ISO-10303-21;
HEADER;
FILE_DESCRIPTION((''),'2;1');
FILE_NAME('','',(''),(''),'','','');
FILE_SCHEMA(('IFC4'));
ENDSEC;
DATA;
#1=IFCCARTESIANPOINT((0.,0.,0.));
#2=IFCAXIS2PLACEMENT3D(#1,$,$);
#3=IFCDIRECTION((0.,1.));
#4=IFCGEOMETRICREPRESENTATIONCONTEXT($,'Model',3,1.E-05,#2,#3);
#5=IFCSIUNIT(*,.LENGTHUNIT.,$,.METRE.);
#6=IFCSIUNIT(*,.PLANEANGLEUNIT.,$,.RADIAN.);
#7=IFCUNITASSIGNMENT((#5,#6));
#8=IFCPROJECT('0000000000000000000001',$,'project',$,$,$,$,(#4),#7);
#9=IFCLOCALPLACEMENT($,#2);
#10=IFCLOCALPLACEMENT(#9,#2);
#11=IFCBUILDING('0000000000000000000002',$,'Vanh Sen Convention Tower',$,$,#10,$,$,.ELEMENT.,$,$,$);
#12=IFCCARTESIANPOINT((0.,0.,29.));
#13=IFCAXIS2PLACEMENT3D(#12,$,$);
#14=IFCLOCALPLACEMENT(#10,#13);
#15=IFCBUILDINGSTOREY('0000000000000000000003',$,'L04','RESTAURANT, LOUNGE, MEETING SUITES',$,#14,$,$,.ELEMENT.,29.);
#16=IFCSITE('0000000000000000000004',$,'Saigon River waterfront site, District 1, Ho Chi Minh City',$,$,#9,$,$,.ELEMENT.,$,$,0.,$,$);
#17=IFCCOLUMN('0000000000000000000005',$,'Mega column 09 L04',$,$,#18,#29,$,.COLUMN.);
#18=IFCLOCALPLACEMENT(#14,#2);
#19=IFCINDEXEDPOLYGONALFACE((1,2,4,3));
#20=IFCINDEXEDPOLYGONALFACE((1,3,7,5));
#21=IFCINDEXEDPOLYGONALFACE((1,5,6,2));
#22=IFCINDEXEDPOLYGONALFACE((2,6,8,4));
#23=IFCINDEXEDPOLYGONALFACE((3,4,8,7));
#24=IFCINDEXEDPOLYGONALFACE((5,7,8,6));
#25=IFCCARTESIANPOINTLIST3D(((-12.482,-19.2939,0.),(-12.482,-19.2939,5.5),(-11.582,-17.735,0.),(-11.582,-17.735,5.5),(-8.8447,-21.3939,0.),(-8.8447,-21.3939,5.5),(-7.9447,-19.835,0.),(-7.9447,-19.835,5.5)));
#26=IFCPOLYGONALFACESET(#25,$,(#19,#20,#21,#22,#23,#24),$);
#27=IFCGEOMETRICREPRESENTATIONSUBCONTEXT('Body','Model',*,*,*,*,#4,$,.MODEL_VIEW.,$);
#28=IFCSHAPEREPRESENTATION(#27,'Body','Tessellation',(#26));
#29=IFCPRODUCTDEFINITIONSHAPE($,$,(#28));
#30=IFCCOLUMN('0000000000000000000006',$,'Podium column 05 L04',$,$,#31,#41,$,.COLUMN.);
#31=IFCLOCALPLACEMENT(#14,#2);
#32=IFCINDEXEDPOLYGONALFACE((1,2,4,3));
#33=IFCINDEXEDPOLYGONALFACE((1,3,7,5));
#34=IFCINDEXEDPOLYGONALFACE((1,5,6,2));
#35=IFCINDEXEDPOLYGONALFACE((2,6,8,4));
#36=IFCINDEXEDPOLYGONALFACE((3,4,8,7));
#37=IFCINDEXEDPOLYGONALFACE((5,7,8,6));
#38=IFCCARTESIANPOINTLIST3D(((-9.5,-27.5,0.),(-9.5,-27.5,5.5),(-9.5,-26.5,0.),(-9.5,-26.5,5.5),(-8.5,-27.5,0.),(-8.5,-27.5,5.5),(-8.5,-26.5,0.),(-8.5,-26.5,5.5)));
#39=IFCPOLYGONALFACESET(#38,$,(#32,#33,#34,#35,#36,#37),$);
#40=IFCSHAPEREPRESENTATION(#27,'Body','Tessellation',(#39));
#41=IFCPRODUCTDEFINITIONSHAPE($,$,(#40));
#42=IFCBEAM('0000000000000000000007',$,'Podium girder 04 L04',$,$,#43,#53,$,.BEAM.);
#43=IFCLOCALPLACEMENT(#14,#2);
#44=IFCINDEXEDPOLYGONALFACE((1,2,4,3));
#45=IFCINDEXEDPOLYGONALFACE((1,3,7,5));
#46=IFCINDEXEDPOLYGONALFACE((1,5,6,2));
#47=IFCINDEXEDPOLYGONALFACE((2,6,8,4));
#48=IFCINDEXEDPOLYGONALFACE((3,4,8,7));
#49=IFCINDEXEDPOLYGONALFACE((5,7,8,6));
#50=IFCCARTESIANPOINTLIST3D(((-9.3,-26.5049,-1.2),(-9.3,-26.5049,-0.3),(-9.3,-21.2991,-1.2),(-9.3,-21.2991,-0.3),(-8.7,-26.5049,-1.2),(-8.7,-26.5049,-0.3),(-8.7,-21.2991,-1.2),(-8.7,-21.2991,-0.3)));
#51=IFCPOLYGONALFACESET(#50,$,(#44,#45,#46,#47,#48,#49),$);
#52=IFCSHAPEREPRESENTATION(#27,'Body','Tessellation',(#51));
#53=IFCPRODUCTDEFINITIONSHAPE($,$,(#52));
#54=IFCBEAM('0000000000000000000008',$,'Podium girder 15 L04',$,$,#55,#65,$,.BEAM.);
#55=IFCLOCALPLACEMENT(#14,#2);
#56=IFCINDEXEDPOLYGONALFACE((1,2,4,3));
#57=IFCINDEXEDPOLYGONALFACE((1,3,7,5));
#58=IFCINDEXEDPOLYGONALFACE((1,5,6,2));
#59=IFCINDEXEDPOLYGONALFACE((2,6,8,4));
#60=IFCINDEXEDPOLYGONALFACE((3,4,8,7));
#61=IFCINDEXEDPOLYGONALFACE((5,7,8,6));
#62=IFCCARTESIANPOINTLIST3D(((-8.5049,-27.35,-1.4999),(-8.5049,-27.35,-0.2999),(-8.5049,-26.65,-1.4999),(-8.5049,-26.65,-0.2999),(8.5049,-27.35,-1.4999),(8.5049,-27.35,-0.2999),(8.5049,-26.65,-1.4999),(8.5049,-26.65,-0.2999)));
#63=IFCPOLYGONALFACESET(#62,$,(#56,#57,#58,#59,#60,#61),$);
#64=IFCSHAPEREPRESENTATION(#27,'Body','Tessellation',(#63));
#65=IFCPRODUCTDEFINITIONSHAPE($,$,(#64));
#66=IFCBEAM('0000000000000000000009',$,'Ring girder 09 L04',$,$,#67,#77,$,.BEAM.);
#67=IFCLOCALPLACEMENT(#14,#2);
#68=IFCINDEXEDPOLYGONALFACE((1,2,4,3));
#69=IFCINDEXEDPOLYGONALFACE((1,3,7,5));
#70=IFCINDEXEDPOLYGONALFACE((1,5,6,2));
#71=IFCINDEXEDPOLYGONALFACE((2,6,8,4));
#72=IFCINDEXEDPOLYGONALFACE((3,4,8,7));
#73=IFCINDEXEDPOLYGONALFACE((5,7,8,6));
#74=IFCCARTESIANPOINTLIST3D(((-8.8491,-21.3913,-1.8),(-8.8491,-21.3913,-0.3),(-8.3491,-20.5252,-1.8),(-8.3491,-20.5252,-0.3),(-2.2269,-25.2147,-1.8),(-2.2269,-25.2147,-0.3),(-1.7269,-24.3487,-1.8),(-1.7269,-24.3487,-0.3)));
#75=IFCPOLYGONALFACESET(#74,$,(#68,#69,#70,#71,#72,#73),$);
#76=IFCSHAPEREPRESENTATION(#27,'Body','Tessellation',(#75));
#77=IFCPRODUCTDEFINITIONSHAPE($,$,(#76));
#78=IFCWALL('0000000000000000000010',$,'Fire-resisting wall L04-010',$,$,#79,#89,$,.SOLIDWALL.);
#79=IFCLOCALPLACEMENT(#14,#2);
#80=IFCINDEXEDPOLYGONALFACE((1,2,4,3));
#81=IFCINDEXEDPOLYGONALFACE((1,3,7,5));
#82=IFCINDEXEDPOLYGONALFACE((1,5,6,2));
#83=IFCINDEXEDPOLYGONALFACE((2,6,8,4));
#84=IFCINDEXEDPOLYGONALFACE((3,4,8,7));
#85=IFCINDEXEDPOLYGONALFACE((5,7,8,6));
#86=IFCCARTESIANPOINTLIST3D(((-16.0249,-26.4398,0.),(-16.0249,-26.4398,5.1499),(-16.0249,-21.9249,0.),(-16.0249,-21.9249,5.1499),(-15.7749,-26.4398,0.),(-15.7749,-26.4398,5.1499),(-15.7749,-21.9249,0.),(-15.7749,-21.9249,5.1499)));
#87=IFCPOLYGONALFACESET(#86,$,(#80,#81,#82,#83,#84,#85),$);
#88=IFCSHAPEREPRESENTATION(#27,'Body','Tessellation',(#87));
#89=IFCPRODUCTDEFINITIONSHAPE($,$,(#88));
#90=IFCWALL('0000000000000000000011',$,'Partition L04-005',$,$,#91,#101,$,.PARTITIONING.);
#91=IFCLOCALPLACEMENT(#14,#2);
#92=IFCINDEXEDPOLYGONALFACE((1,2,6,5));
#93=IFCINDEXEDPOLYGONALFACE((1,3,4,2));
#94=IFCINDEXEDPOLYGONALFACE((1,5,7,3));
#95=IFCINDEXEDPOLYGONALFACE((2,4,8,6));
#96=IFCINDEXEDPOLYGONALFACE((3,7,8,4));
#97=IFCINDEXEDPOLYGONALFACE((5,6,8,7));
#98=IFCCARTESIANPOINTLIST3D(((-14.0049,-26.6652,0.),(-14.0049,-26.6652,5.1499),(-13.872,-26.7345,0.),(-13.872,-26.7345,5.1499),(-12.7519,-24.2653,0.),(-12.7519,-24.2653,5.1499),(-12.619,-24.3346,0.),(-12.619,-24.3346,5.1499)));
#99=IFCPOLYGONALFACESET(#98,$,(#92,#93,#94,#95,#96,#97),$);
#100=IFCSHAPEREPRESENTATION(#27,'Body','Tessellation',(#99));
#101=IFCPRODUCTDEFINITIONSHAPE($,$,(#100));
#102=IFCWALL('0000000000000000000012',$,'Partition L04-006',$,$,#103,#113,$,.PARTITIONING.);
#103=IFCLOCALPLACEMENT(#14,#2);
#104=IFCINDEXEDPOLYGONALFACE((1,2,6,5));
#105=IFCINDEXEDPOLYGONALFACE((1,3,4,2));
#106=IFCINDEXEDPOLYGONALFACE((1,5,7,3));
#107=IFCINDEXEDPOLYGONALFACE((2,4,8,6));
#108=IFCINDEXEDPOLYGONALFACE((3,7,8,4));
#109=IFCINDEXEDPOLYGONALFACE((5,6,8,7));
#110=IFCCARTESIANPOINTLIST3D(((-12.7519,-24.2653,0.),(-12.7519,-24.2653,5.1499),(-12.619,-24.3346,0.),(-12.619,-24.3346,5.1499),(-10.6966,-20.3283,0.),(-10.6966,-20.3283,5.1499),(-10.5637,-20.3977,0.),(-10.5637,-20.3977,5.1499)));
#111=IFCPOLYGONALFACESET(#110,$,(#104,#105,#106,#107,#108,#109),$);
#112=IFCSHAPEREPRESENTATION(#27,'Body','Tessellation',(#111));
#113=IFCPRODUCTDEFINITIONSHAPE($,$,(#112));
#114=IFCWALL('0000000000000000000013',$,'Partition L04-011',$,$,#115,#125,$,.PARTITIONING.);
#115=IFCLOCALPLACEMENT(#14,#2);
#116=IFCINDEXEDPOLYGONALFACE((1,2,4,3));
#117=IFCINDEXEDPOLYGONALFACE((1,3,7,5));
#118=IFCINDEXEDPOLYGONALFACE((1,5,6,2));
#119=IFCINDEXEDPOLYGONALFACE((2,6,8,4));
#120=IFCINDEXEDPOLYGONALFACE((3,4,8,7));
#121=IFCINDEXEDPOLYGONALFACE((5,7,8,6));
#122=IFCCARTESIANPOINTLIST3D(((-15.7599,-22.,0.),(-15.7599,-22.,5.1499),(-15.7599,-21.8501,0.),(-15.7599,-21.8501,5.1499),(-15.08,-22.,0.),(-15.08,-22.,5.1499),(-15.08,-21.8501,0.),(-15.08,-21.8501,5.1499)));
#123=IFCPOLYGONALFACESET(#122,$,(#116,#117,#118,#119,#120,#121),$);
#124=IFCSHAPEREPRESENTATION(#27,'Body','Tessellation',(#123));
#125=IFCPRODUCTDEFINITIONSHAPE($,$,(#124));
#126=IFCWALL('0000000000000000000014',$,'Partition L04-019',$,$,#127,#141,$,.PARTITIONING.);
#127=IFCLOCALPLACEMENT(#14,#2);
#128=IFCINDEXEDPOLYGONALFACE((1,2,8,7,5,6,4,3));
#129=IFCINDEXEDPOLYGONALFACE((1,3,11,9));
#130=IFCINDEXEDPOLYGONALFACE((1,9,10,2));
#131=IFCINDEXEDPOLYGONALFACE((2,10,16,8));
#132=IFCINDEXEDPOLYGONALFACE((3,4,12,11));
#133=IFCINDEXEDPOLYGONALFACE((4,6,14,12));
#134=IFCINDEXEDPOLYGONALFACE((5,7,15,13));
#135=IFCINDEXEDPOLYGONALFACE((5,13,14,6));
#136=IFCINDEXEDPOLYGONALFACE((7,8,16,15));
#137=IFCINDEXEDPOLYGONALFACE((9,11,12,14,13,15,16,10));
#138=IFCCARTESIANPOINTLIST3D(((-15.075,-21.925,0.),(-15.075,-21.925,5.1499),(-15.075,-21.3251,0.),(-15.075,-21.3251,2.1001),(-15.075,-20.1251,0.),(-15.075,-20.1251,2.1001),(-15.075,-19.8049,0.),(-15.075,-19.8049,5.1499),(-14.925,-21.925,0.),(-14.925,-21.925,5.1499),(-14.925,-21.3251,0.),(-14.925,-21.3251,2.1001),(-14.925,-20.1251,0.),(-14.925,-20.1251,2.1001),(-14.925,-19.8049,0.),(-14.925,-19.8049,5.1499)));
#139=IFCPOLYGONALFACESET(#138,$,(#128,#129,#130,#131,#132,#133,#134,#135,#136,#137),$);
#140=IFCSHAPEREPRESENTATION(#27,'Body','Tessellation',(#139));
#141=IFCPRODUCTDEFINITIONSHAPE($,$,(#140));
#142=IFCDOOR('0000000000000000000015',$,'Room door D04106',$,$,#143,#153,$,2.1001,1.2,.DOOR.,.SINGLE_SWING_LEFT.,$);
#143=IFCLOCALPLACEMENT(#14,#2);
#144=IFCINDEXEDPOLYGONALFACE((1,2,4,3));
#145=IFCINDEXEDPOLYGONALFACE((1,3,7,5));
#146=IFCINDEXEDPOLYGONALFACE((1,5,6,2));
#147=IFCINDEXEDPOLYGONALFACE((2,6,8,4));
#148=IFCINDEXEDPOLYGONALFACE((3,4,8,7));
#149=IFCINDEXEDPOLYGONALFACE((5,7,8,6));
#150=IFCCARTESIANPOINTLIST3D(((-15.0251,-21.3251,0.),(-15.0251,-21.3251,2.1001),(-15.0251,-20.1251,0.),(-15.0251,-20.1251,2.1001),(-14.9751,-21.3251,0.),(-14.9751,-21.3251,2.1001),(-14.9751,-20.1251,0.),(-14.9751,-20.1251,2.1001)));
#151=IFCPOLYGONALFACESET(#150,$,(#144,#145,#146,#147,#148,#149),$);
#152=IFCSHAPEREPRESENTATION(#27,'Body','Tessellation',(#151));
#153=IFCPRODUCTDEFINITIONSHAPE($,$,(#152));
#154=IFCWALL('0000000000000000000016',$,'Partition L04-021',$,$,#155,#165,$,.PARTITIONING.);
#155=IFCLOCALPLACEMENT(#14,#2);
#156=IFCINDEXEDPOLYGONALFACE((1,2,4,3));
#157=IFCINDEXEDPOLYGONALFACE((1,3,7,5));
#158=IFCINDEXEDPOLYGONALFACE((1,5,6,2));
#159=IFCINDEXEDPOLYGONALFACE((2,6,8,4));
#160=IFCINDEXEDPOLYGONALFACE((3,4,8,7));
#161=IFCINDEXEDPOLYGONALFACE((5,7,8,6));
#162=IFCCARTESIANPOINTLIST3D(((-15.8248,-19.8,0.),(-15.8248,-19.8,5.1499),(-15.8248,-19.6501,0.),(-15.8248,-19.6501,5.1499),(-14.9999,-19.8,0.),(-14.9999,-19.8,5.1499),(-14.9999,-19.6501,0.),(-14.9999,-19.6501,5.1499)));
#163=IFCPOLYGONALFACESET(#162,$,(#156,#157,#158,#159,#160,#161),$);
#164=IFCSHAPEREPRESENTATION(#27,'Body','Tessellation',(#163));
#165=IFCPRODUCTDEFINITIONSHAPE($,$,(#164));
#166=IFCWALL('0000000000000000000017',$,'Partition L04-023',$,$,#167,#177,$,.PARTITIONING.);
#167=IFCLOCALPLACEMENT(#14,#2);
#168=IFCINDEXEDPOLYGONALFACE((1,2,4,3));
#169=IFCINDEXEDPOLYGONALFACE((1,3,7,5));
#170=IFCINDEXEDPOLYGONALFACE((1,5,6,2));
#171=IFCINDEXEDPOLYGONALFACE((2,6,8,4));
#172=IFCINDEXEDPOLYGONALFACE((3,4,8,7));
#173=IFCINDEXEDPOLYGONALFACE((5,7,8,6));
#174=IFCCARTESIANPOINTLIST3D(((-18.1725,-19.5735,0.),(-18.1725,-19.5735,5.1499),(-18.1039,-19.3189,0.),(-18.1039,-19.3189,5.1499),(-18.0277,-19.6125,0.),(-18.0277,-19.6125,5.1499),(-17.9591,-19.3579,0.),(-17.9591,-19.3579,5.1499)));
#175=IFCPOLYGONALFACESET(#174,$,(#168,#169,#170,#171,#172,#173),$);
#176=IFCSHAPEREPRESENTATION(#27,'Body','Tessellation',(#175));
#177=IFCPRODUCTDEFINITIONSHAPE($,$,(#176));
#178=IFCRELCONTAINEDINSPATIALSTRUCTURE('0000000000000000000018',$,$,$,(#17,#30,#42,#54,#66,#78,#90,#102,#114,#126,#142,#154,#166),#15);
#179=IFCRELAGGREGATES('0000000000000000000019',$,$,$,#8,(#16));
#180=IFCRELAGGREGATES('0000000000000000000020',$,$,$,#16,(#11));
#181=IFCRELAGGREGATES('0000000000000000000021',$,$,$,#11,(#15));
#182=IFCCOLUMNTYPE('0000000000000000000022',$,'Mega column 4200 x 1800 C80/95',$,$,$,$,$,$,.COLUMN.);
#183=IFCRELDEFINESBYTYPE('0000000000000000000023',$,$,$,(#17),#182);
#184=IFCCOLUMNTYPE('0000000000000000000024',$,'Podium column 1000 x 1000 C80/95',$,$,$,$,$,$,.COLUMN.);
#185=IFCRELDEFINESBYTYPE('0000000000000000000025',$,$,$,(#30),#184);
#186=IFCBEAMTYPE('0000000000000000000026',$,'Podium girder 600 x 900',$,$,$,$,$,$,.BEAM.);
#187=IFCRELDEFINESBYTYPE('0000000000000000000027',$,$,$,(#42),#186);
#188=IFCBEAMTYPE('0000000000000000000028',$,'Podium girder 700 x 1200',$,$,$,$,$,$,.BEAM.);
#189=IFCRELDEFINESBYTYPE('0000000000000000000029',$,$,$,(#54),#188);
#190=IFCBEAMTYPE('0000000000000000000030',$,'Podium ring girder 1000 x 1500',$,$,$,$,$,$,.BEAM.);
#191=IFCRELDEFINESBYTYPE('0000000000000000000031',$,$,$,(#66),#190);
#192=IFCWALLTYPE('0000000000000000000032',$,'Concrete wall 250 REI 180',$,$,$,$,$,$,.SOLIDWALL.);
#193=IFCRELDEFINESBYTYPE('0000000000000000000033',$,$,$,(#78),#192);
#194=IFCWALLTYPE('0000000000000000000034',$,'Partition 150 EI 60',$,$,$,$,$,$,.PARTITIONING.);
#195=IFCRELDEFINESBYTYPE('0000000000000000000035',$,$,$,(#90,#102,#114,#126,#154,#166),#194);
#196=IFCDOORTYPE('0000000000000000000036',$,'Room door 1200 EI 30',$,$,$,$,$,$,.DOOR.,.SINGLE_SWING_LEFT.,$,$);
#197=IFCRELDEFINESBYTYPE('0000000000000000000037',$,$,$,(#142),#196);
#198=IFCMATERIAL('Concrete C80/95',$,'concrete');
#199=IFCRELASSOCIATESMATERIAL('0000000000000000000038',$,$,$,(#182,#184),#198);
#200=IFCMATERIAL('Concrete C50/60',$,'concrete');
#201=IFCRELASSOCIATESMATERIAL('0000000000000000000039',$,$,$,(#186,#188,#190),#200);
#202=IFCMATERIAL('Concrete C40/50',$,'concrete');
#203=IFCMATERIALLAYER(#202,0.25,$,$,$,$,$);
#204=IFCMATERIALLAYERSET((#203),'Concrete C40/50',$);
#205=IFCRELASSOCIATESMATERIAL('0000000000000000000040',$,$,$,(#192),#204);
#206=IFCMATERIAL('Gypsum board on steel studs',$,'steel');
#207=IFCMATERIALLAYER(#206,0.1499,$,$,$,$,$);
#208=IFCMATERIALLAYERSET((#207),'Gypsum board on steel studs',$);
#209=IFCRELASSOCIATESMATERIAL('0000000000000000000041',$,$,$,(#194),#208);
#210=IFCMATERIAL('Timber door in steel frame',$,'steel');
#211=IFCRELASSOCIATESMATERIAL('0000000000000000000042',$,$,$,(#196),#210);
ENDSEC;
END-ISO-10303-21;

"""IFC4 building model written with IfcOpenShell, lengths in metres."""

from ifc_helpers import new_model, si_unit, direction, frame, frame_2d, origin, origin_2d, place, context, subcontext, project, spatial, rectangle, extrude, material, layer, layer_set, material_profile, profile_set, type_object, element, fill, save


model = new_model("IFC4")

# Units and contexts
model_context = context("Model", 3, precision=1e-05, world=origin(), true_north=direction((0.0, 1.0)))
body_context = subcontext(model_context, "Body", "Model", "MODEL_VIEW")
ifc_project = project(units=[si_unit("LENGTHUNIT", "METRE"), si_unit("PLANEANGLEUNIT", "RADIAN")], contexts=[model_context])

# Site, building, storey
site_placement = place(None, origin())
site = spatial("IfcSite", under=ifc_project, at=site_placement, Name="Saigon River waterfront site, District 1, Ho Chi Minh City", CompositionType="ELEMENT", RefElevation=0.0)
building_placement = place(site_placement, origin())
building = spatial("IfcBuilding", under=site, at=building_placement, Name="Vanh Sen Convention Tower", CompositionType="ELEMENT")
storey_placement = place(building_placement, frame((0.0, 0.0, 29.0)))
storey = spatial("IfcBuildingStorey", under=building, at=storey_placement, Name="L04", Description="RESTAURANT, LOUNGE, MEETING SUITES", CompositionType="ELEMENT", Elevation=29.0)

# Columns
ifc_material_1 = material(Name="Concrete C80/95", Category="concrete")
ifc_material_profile_1 = material_profile(ifc_material_1, rectangle(XDim=4.2, YDim=1.8, at=origin_2d()), Name="RC 4200X1800")
ifc_profile_set_1 = profile_set([ifc_material_profile_1], Name="Concrete C80/95")
column_type_1 = type_object("IfcColumnType", Name="Mega column 4200 x 1800 C80/95", PredefinedType="COLUMN", material=ifc_profile_set_1)
column_1_placement = place(storey_placement, frame((-10.2134, -19.5645, 0.0), z_axis=(0.0, 0.0, 1.0), x_axis=(0.866028, -0.499995, 0.0)))
element("IfcColumn", 1, at=column_1_placement, inside=storey, type_object=column_type_1, Name="Mega column 09 L04", PredefinedType="COLUMN", context=body_context, shape_type="SweptSolid", body=[
    extrude(rectangle(XDim=4.2, YDim=1.8, at=origin_2d()), origin(), (0.0, 0.0, 1.0), 5.5),
])
ifc_material_profile_2 = material_profile(ifc_material_1, rectangle(XDim=1.0, YDim=1.0, at=origin_2d()), Name="RC 1000X1000")
ifc_profile_set_2 = profile_set([ifc_material_profile_2], Name="Concrete C80/95")
column_type_2 = type_object("IfcColumnType", Name="Podium column 1000 x 1000 C80/95", PredefinedType="COLUMN", material=ifc_profile_set_2)
column_2_placement = place(storey_placement, frame((-9.0, -27.0, 0.0), z_axis=(0.0, 0.0, 1.0), x_axis=(1.0, 0.0, 0.0)))
element("IfcColumn", 2, at=column_2_placement, inside=storey, type_object=column_type_2, Name="Podium column 05 L04", PredefinedType="COLUMN", context=body_context, shape_type="SweptSolid", body=[
    extrude(rectangle(XDim=1.0, YDim=1.0, at=origin_2d()), origin(), (0.0, 0.0, 1.0), 5.5),
])

# Beams
ifc_material_2 = material(Name="Concrete C50/60", Category="concrete")
ifc_material_profile_3 = material_profile(ifc_material_2, rectangle(XDim=0.6001, YDim=0.8999, at=origin_2d()), Name="RC 600X900")
ifc_profile_set_3 = profile_set([ifc_material_profile_3], Name="Concrete C50/60")
beam_type_1 = type_object("IfcBeamType", Name="Podium girder 600 x 900", PredefinedType="BEAM", material=ifc_profile_set_3)
beam_1_placement = place(storey_placement, frame((-9.0, -26.5049, -0.75), z_axis=(0.0, 1.0, 0.0), x_axis=(-1.0, 0.0, 0.0)))
element("IfcBeam", 3, at=beam_1_placement, inside=storey, type_object=beam_type_1, Name="Podium girder 04 L04", PredefinedType="BEAM", context=body_context, shape_type="SweptSolid", body=[
    extrude(rectangle(XDim=0.6001, YDim=0.8999, at=origin_2d()), origin(), (0.0, 0.0, 1.0), 5.2058),
])
ifc_material_profile_4 = material_profile(ifc_material_2, rectangle(XDim=0.7, YDim=1.2, at=origin_2d()), Name="RC 700X1200")
ifc_profile_set_4 = profile_set([ifc_material_profile_4], Name="Concrete C50/60")
beam_type_2 = type_object("IfcBeamType", Name="Podium girder 700 x 1200", PredefinedType="BEAM", material=ifc_profile_set_4)
beam_2_placement = place(storey_placement, frame((-8.5049, -27.0, -0.8999), z_axis=(1.0, 0.0, 0.0), x_axis=(0.0, 1.0, 0.0)))
element("IfcBeam", 4, at=beam_2_placement, inside=storey, type_object=beam_type_2, Name="Podium girder 15 L04", PredefinedType="BEAM", context=body_context, shape_type="SweptSolid", body=[
    extrude(rectangle(XDim=0.7, YDim=1.2, at=origin_2d()), origin(), (0.0, 0.0, 1.0), 17.0098),
])
ifc_material_profile_5 = material_profile(ifc_material_2, rectangle(XDim=1.0, YDim=1.5, at=origin_2d()), Name="RC 1000X1500")
ifc_profile_set_5 = profile_set([ifc_material_profile_5], Name="Concrete C50/60")
beam_type_3 = type_object("IfcBeamType", Name="Podium ring girder 1000 x 1500", PredefinedType="BEAM", material=ifc_profile_set_5)
beam_3_placement = place(storey_placement, frame((-8.5991, -20.9583, -1.05), z_axis=(0.86602, -0.500009, 0.0), x_axis=(0.500009, 0.86602, 0.0)))
element("IfcBeam", 5, at=beam_3_placement, inside=storey, type_object=beam_type_3, Name="Ring girder 09 L04", PredefinedType="BEAM", context=body_context, shape_type="SweptSolid", body=[
    extrude(rectangle(XDim=1.0, YDim=1.5, at=origin_2d()), origin(), (0.0, 0.0, 1.0), 7.6467),
])

# Walls
ifc_material_3 = material(Name="Concrete C40/50", Category="concrete")
ifc_layer_1 = layer(ifc_material_3, 0.25)
ifc_layer_set_1 = layer_set([ifc_layer_1], Name="Concrete C40/50")
wall_type_1 = type_object("IfcWallType", Name="Concrete wall 250 REI 180", PredefinedType="SOLIDWALL", material=ifc_layer_set_1)
wall_1_placement = place(storey_placement, frame((-15.8999, -21.925, 0.0), z_axis=(0.0, 0.0, 1.0), x_axis=(0.0, -1.0, 0.0)))
element("IfcWall", 6, at=wall_1_placement, inside=storey, type_object=wall_type_1, Name="Fire-resisting wall L04-010", PredefinedType="SOLIDWALL", context=body_context, shape_type="SweptSolid", body=[
    extrude(rectangle(XDim=4.5149, YDim=0.25, at=frame_2d((2.2573, 0.0))), origin(), (0.0, 0.0, 1.0), 5.1499),
])
ifc_material_4 = material(Name="Gypsum board on steel studs", Category="steel")
ifc_layer_2 = layer(ifc_material_4, 0.1499)
ifc_layer_set_2 = layer_set([ifc_layer_2], Name="Gypsum board on steel studs")
wall_type_2 = type_object("IfcWallType", Name="Partition 150 EI 60", PredefinedType="PARTITIONING", material=ifc_layer_set_2)
wall_2_placement = place(storey_placement, frame((-12.6855, -24.3, 0.0), z_axis=(0.0, 0.0, 1.0), x_axis=(-0.4628, -0.886463, 0.0)))
element("IfcWall", 7, at=wall_2_placement, inside=storey, type_object=wall_type_2, Name="Partition L04-005", PredefinedType="PARTITIONING", context=body_context, shape_type="SweptSolid", body=[
    extrude(rectangle(XDim=2.7073, YDim=0.1499, at=frame_2d((1.3535, 0.0))), origin(), (0.0, 0.0, 1.0), 5.1499),
])
wall_3_placement = place(storey_placement, frame((-12.6855, -24.3, 0.0), z_axis=(0.0, 0.0, 1.0), x_axis=(0.462801, 0.886462, 0.0)))
element("IfcWall", 8, at=wall_3_placement, inside=storey, type_object=wall_type_2, Name="Partition L04-006", PredefinedType="PARTITIONING", context=body_context, shape_type="SweptSolid", body=[
    extrude(rectangle(XDim=4.4412, YDim=0.1499, at=frame_2d((2.2207, 0.0))), origin(), (0.0, 0.0, 1.0), 5.1499),
])
wall_4_placement = place(storey_placement, frame((-15.0801, -21.925, 0.0), z_axis=(0.0, 0.0, 1.0), x_axis=(-1.0, 0.0, 0.0)))
element("IfcWall", 9, at=wall_4_placement, inside=storey, type_object=wall_type_2, Name="Partition L04-011", PredefinedType="PARTITIONING", context=body_context, shape_type="SweptSolid", body=[
    extrude(rectangle(XDim=0.6799, YDim=0.1499, at=frame_2d((0.3398, 0.0))), origin(), (0.0, 0.0, 1.0), 5.1499),
])

# Wall, opening, door
wall_5_placement = place(storey_placement, frame((-15.0, -19.8049, 0.0), z_axis=(0.0, 0.0, 1.0), x_axis=(0.0, -1.0, 0.0)))
wall_5 = element("IfcWall", 10, at=wall_5_placement, inside=storey, type_object=wall_type_2, Name="Partition L04-019", PredefinedType="PARTITIONING", context=body_context, shape_type="SweptSolid", body=[
    extrude(rectangle(XDim=2.1201, YDim=0.1499, at=frame_2d((1.0601, 0.0))), origin(), (0.0, 0.0, 1.0), 5.1499),
])
opening_1_placement = place(wall_5_placement, frame((0.3201, 0.0, 0.0)))
opening_1 = element("IfcOpeningElement", 11, at=opening_1_placement, cuts=wall_5, PredefinedType="OPENING", context=body_context, shape_type="SweptSolid", body=[
    extrude(rectangle(XDim=1.2, YDim=2.1001, at=frame_2d((0.6001, 1.05))), frame((0.0, 0.085, 0.0), z_axis=(0.0, -1.0, 0.0), x_axis=(1.0, 0.0, 0.0)), (0.0, 0.0, 1.0), 0.1699),
])
ifc_material_5 = material(Name="Timber door in steel frame", Category="steel")
door_type = type_object("IfcDoorType", Name="Room door 1200 EI 30", OperationType="SINGLE_SWING_LEFT", PredefinedType="DOOR", material=ifc_material_5)
door_1_placement = place(opening_1_placement, origin())
door_1 = element("IfcDoor", 12, at=door_1_placement, inside=storey, type_object=door_type, Name="Room door D04106", OperationType="SINGLE_SWING_LEFT", OverallHeight=2.1001, OverallWidth=1.2, PredefinedType="DOOR", context=body_context, shape_type="SweptSolid", body=[
    extrude(rectangle(XDim=1.2, YDim=2.1001, at=frame_2d((0.6001, 1.05))), frame((0.0, 0.0249, 0.0), z_axis=(0.0, -1.0, 0.0), x_axis=(1.0, 0.0, 0.0)), (0.0, 0.0, 1.0), 0.05),
])
fill(opening_1, door_1)

# Walls
wall_6_placement = place(storey_placement, frame((-15.825, -19.7251, 0.0), z_axis=(0.0, 0.0, 1.0), x_axis=(1.0, 0.0, 0.0)))
element("IfcWall", 13, at=wall_6_placement, inside=storey, type_object=wall_type_2, Name="Partition L04-021", PredefinedType="PARTITIONING", context=body_context, shape_type="SweptSolid", body=[
    extrude(rectangle(XDim=0.825, YDim=0.1499, at=frame_2d((0.4126, 0.0))), origin(), (0.0, 0.0, 1.0), 5.1499),
])
wall_7_placement = place(storey_placement, frame((-18.1001, -19.593, 0.0), z_axis=(0.0, 0.0, 1.0), x_axis=(0.260139, 0.965571, 0.0)))
element("IfcWall", 14, at=wall_7_placement, inside=storey, type_object=wall_type_2, Name="Partition L04-023", PredefinedType="PARTITIONING", context=body_context, shape_type="SweptSolid", body=[
    extrude(rectangle(XDim=0.2637, YDim=0.1499, at=frame_2d((0.1318, 0.0))), origin(), (0.0, 0.0, 1.0), 5.1499),
])

save(model, "model.ifc")
